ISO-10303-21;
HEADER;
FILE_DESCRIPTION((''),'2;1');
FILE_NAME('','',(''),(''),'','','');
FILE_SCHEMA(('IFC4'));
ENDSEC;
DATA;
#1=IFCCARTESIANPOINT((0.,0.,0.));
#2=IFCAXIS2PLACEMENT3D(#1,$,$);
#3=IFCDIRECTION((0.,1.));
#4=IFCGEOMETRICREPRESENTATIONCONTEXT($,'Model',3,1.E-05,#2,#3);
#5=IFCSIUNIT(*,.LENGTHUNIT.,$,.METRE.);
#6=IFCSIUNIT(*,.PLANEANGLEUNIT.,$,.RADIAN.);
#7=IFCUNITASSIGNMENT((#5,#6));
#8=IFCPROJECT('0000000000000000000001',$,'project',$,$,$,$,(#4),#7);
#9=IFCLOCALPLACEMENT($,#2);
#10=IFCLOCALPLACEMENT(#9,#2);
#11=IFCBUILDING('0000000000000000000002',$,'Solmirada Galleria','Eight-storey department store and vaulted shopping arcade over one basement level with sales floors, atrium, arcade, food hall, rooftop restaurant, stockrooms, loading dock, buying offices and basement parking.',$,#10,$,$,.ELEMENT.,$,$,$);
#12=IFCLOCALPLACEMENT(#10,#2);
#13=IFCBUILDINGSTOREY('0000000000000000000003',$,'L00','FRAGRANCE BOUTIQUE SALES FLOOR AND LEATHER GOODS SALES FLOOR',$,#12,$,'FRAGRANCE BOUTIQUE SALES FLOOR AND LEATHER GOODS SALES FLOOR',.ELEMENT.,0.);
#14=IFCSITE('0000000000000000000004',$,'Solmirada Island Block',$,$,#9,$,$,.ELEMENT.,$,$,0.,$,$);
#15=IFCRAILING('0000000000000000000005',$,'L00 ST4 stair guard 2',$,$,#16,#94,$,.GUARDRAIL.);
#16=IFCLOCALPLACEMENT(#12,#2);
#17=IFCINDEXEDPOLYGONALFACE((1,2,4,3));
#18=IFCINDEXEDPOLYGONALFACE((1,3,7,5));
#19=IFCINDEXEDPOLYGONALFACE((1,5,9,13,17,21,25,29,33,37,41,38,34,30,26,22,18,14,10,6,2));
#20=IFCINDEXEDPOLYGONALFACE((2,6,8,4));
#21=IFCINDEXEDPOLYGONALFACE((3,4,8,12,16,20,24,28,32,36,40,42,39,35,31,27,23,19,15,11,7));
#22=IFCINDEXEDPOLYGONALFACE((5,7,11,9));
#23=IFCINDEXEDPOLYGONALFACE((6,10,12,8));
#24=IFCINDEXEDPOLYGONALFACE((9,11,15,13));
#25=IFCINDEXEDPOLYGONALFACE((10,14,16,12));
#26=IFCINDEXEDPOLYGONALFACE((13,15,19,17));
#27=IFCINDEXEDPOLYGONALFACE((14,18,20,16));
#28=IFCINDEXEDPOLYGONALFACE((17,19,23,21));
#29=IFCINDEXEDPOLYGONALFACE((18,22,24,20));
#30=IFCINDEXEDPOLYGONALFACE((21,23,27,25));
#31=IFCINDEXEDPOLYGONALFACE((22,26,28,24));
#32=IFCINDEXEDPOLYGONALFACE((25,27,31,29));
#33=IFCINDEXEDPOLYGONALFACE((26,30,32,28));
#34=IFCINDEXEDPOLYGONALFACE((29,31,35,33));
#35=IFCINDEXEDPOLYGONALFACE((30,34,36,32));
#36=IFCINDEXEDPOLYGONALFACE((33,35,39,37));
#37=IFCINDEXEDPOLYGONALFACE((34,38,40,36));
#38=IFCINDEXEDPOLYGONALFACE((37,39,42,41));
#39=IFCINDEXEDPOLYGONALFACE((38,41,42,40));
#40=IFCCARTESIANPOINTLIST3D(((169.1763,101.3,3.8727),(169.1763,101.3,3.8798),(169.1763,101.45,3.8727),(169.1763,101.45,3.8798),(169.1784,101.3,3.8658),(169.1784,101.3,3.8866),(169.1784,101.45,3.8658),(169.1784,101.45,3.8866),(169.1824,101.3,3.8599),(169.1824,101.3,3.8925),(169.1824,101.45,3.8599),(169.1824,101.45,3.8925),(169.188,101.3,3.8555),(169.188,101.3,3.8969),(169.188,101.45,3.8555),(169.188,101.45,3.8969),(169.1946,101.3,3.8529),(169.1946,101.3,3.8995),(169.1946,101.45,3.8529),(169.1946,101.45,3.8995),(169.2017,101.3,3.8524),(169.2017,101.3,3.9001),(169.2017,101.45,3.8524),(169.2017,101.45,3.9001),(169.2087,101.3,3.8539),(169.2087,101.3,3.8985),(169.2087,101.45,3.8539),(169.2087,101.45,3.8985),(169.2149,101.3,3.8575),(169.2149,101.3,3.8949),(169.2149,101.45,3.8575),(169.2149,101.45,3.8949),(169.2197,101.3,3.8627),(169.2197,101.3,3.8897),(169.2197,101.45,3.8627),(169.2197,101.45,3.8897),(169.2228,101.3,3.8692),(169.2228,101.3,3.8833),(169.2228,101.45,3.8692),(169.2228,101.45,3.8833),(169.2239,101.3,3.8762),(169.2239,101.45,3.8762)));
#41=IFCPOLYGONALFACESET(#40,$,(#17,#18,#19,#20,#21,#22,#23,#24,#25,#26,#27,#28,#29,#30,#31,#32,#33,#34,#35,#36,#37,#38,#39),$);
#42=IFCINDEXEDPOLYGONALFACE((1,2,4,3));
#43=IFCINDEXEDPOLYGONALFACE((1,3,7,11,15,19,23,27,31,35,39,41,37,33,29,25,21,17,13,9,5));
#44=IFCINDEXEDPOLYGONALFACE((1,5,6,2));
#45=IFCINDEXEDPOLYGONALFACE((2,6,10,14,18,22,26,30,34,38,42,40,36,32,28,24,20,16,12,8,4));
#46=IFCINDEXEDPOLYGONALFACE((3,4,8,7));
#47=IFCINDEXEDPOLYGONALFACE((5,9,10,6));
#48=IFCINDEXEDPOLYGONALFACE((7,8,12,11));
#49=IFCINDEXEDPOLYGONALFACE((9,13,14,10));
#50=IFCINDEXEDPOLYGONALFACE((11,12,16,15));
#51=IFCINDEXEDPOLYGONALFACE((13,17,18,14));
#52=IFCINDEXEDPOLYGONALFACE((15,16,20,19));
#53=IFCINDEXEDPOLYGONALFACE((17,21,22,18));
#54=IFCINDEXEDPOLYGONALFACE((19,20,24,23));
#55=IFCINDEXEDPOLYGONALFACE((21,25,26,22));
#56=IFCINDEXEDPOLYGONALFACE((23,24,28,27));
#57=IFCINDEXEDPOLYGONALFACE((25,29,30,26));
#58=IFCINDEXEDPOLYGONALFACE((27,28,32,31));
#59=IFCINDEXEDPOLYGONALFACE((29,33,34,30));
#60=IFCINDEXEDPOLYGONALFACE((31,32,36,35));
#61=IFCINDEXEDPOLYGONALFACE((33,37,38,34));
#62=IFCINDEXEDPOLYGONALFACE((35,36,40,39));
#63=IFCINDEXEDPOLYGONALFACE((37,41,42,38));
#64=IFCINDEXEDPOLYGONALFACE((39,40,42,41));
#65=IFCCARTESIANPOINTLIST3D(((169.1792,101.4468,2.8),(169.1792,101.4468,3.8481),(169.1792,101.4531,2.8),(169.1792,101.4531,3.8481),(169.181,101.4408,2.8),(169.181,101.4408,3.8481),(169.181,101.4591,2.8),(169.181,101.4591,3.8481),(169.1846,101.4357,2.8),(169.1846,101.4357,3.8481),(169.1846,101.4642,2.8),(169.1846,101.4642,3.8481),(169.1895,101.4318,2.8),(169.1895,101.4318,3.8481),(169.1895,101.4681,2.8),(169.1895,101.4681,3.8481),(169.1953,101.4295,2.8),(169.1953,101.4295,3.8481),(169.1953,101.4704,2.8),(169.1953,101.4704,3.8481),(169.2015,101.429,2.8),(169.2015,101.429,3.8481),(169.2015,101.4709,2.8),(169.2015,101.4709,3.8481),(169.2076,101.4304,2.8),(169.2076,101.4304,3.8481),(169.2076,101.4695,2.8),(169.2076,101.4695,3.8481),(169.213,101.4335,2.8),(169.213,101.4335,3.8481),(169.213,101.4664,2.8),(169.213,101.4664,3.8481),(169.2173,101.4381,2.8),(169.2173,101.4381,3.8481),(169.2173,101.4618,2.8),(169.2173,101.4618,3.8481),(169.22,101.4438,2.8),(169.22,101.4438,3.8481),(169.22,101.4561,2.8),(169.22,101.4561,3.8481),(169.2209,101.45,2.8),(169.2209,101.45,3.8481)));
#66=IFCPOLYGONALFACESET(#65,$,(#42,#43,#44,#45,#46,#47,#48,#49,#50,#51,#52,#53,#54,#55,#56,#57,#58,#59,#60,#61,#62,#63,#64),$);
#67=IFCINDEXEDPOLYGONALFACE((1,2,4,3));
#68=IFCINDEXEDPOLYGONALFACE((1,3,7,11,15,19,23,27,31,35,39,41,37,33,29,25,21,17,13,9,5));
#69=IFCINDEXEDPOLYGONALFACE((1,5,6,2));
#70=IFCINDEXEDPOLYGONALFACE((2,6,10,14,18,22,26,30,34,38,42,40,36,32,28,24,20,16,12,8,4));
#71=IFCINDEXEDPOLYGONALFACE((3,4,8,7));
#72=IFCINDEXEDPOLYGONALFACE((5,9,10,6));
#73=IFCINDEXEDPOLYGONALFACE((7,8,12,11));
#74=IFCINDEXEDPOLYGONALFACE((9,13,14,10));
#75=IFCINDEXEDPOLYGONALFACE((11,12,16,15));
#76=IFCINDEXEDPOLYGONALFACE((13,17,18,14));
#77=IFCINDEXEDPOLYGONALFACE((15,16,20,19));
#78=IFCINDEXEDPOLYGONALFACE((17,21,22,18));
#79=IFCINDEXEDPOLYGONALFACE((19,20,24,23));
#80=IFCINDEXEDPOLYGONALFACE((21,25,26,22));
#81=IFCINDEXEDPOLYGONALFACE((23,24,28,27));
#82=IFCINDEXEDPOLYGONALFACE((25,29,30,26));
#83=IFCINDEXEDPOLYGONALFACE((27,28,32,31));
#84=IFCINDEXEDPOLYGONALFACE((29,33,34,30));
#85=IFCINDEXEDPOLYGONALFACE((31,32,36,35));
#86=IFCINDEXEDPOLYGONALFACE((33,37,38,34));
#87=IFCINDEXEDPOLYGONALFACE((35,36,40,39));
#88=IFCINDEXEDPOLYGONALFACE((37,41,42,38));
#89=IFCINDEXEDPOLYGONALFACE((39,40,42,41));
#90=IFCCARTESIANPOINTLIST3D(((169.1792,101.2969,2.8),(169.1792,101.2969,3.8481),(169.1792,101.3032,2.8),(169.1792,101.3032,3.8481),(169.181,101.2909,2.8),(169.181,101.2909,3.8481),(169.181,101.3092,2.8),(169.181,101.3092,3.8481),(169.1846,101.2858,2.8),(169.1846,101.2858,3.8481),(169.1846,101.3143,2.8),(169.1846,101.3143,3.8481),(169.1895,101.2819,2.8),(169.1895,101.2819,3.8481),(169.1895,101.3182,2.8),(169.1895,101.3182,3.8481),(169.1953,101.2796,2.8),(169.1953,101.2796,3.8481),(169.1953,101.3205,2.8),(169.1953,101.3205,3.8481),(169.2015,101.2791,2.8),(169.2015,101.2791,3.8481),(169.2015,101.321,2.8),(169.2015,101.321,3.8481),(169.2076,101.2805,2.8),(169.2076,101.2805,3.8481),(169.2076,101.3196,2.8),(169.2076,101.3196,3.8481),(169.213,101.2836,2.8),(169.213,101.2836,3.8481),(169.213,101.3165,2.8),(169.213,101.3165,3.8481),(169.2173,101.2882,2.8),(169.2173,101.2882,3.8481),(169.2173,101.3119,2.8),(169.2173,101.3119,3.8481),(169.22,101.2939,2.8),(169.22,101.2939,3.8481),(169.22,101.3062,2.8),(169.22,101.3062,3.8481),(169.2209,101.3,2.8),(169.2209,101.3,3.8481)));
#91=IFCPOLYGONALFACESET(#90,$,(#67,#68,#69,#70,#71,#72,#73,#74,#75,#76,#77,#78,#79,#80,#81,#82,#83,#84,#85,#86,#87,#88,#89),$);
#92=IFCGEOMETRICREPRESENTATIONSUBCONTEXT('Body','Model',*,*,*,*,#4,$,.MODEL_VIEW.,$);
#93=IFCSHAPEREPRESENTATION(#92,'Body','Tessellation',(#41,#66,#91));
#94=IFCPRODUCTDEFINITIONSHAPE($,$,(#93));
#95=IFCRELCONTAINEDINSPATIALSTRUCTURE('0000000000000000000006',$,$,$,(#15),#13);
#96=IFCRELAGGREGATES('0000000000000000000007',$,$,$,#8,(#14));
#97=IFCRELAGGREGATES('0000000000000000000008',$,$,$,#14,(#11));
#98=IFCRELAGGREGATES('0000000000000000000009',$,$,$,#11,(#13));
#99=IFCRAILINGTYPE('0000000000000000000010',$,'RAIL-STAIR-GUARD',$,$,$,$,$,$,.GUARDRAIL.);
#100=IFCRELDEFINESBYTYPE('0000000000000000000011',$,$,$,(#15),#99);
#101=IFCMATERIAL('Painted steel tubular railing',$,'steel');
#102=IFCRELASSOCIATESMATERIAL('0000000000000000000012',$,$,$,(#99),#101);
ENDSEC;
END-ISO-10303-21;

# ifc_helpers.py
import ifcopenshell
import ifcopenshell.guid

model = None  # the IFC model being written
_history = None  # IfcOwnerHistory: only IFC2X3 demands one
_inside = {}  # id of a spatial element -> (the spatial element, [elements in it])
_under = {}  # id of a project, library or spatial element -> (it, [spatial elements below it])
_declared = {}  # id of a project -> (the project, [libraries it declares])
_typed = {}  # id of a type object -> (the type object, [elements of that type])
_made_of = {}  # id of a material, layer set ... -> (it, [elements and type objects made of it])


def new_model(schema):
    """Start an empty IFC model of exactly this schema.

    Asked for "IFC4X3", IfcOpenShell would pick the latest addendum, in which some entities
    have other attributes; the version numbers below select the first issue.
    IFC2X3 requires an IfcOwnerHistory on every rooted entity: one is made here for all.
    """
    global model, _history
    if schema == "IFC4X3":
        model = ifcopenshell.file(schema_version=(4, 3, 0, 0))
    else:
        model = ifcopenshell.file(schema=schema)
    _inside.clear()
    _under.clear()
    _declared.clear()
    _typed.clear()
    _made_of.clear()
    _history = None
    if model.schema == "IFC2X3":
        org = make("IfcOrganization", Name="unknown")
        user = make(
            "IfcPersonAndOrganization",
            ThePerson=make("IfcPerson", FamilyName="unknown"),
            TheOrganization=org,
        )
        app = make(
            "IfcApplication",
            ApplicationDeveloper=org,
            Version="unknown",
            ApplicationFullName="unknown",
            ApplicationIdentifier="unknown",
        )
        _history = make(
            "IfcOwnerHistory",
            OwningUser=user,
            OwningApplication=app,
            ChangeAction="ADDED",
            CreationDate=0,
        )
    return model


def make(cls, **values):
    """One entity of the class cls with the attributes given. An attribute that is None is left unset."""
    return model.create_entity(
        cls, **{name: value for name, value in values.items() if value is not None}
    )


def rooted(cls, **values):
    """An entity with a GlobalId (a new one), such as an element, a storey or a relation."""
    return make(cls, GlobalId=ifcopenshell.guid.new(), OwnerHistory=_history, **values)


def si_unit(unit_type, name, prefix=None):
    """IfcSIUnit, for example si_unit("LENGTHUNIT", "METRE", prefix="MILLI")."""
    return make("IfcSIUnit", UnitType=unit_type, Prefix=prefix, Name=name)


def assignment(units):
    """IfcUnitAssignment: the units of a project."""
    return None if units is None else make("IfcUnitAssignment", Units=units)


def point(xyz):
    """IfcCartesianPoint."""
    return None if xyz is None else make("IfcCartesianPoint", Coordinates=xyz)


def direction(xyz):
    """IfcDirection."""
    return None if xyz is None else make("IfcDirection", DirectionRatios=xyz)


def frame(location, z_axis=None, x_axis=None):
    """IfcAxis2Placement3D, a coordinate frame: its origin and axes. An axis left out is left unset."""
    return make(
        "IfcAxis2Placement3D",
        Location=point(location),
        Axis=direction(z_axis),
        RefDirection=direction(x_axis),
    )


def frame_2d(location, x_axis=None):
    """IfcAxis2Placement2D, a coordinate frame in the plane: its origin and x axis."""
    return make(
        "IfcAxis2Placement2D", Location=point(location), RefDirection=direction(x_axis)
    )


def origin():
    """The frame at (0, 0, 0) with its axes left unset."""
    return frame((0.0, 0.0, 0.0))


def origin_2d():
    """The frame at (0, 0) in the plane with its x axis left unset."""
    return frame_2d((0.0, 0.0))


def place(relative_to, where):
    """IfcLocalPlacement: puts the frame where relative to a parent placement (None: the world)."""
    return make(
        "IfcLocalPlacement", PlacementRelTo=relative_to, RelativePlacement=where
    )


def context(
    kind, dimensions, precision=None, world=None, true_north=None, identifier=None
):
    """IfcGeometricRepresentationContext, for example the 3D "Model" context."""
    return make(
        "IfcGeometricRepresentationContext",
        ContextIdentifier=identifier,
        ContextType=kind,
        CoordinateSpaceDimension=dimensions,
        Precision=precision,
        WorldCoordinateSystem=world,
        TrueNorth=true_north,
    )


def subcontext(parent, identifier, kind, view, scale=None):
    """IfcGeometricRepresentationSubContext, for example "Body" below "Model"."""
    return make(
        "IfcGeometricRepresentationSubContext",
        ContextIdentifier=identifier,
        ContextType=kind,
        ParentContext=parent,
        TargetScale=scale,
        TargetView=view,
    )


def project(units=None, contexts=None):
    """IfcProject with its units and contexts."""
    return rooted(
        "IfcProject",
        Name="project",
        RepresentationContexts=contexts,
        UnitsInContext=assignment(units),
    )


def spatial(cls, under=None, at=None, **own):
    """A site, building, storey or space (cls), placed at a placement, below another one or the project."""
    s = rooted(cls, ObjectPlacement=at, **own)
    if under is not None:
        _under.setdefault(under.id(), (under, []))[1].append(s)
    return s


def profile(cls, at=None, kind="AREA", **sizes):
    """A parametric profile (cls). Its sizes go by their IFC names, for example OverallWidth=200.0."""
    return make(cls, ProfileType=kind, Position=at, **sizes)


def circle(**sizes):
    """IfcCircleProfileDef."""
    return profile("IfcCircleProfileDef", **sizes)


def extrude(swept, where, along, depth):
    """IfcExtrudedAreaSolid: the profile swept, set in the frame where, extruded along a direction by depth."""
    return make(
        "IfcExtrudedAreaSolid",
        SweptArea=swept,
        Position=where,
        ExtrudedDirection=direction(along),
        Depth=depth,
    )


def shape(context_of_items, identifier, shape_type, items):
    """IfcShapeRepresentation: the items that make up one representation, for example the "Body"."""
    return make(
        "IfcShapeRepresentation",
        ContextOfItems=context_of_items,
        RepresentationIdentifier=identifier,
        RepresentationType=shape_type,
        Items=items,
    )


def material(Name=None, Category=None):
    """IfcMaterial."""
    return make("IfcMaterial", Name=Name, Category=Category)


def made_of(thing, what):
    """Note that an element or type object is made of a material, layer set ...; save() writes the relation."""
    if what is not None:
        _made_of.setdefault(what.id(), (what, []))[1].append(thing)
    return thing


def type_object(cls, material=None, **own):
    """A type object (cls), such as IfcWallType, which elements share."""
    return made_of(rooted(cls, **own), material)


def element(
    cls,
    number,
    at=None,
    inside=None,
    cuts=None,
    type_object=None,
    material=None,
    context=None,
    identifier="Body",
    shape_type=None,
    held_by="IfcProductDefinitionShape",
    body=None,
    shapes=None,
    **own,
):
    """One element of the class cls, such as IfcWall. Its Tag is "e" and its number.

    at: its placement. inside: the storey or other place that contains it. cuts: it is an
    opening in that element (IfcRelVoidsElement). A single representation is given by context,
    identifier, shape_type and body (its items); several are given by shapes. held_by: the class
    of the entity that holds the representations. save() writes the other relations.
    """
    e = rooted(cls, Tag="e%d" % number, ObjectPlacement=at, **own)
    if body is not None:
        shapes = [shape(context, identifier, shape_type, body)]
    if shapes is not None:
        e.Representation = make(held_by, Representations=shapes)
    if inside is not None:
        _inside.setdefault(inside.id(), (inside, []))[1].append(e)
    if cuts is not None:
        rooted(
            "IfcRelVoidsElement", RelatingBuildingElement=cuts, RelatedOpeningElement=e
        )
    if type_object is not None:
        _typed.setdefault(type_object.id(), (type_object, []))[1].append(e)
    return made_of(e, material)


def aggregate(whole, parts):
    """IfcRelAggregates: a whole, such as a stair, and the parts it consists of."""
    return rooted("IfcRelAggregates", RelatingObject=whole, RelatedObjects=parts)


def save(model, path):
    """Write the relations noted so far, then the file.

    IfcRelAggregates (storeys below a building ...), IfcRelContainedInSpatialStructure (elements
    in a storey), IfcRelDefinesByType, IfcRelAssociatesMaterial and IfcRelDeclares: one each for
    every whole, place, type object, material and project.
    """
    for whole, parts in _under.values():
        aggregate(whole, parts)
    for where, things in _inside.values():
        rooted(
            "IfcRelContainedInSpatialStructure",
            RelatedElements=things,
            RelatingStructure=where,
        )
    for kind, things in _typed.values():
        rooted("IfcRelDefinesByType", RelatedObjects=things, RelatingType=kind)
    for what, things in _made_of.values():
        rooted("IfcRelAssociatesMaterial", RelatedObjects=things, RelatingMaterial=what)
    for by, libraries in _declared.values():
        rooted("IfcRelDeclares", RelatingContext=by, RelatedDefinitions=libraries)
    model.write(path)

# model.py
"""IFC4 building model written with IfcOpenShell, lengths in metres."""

from ifc_helpers import new_model, si_unit, direction, frame, origin, origin_2d, place, context, subcontext, project, spatial, circle, extrude, material, type_object, element, save


model = new_model("IFC4")

# Units and contexts
model_context = context("Model", 3, precision=1e-05, world=origin(), true_north=direction((0.0, 1.0)))
body_context = subcontext(model_context, "Body", "Model", "MODEL_VIEW")
ifc_project = project(units=[si_unit("LENGTHUNIT", "METRE"), si_unit("PLANEANGLEUNIT", "RADIAN")], contexts=[model_context])

# Site, building, storey
site_placement = place(None, origin())
site = spatial("IfcSite", under=ifc_project, at=site_placement, Name="Solmirada Island Block", CompositionType="ELEMENT", RefElevation=0.0)
building_placement = place(site_placement, origin())
building = spatial("IfcBuilding", under=site, at=building_placement, Name="Solmirada Galleria", Description="Eight-storey department store and vaulted shopping arcade over one basement level with sales floors, atrium, arcade, food hall, rooftop restaurant, stockrooms, loading dock, buying offices and basement parking.", CompositionType="ELEMENT")
storey_placement = place(building_placement, origin())
storey = spatial("IfcBuildingStorey", under=building, at=storey_placement, Name="L00", Description="FRAGRANCE BOUTIQUE SALES FLOOR AND LEATHER GOODS SALES FLOOR", LongName="FRAGRANCE BOUTIQUE SALES FLOOR AND LEATHER GOODS SALES FLOOR", CompositionType="ELEMENT", Elevation=0.0)

# Railing
ifc_material_1 = material(Name="Painted steel tubular railing", Category="steel")
railing_type_1 = type_object("IfcRailingType", Name="RAIL-STAIR-GUARD", PredefinedType="GUARDRAIL", material=ifc_material_1)
railing_1_placement = place(storey_placement, frame((169.2, 101.45, 2.8)))
element("IfcRailing", 1, at=railing_1_placement, inside=storey, type_object=railing_type_1, Name="L00 ST4 stair guard 2", PredefinedType="GUARDRAIL", context=body_context, shape_type="SweptSolid", body=[
    extrude(circle(Radius=0.0239, at=origin_2d()), frame((0.0, 0.0, 1.0762), z_axis=(0.0, -1.0, 0.0), x_axis=(1.0, 0.0, 0.0)), (0.0, 0.0, 1.0), 0.1499),
    extrude(circle(Radius=0.021, at=origin_2d()), origin(), (0.0, 0.0, 1.0), 1.0481),
    extrude(circle(Radius=0.021, at=origin_2d()), frame((0.0, -0.1499, 0.0)), (0.0, 0.0, 1.0), 1.0481),
])

save(model, "model.ifc")
